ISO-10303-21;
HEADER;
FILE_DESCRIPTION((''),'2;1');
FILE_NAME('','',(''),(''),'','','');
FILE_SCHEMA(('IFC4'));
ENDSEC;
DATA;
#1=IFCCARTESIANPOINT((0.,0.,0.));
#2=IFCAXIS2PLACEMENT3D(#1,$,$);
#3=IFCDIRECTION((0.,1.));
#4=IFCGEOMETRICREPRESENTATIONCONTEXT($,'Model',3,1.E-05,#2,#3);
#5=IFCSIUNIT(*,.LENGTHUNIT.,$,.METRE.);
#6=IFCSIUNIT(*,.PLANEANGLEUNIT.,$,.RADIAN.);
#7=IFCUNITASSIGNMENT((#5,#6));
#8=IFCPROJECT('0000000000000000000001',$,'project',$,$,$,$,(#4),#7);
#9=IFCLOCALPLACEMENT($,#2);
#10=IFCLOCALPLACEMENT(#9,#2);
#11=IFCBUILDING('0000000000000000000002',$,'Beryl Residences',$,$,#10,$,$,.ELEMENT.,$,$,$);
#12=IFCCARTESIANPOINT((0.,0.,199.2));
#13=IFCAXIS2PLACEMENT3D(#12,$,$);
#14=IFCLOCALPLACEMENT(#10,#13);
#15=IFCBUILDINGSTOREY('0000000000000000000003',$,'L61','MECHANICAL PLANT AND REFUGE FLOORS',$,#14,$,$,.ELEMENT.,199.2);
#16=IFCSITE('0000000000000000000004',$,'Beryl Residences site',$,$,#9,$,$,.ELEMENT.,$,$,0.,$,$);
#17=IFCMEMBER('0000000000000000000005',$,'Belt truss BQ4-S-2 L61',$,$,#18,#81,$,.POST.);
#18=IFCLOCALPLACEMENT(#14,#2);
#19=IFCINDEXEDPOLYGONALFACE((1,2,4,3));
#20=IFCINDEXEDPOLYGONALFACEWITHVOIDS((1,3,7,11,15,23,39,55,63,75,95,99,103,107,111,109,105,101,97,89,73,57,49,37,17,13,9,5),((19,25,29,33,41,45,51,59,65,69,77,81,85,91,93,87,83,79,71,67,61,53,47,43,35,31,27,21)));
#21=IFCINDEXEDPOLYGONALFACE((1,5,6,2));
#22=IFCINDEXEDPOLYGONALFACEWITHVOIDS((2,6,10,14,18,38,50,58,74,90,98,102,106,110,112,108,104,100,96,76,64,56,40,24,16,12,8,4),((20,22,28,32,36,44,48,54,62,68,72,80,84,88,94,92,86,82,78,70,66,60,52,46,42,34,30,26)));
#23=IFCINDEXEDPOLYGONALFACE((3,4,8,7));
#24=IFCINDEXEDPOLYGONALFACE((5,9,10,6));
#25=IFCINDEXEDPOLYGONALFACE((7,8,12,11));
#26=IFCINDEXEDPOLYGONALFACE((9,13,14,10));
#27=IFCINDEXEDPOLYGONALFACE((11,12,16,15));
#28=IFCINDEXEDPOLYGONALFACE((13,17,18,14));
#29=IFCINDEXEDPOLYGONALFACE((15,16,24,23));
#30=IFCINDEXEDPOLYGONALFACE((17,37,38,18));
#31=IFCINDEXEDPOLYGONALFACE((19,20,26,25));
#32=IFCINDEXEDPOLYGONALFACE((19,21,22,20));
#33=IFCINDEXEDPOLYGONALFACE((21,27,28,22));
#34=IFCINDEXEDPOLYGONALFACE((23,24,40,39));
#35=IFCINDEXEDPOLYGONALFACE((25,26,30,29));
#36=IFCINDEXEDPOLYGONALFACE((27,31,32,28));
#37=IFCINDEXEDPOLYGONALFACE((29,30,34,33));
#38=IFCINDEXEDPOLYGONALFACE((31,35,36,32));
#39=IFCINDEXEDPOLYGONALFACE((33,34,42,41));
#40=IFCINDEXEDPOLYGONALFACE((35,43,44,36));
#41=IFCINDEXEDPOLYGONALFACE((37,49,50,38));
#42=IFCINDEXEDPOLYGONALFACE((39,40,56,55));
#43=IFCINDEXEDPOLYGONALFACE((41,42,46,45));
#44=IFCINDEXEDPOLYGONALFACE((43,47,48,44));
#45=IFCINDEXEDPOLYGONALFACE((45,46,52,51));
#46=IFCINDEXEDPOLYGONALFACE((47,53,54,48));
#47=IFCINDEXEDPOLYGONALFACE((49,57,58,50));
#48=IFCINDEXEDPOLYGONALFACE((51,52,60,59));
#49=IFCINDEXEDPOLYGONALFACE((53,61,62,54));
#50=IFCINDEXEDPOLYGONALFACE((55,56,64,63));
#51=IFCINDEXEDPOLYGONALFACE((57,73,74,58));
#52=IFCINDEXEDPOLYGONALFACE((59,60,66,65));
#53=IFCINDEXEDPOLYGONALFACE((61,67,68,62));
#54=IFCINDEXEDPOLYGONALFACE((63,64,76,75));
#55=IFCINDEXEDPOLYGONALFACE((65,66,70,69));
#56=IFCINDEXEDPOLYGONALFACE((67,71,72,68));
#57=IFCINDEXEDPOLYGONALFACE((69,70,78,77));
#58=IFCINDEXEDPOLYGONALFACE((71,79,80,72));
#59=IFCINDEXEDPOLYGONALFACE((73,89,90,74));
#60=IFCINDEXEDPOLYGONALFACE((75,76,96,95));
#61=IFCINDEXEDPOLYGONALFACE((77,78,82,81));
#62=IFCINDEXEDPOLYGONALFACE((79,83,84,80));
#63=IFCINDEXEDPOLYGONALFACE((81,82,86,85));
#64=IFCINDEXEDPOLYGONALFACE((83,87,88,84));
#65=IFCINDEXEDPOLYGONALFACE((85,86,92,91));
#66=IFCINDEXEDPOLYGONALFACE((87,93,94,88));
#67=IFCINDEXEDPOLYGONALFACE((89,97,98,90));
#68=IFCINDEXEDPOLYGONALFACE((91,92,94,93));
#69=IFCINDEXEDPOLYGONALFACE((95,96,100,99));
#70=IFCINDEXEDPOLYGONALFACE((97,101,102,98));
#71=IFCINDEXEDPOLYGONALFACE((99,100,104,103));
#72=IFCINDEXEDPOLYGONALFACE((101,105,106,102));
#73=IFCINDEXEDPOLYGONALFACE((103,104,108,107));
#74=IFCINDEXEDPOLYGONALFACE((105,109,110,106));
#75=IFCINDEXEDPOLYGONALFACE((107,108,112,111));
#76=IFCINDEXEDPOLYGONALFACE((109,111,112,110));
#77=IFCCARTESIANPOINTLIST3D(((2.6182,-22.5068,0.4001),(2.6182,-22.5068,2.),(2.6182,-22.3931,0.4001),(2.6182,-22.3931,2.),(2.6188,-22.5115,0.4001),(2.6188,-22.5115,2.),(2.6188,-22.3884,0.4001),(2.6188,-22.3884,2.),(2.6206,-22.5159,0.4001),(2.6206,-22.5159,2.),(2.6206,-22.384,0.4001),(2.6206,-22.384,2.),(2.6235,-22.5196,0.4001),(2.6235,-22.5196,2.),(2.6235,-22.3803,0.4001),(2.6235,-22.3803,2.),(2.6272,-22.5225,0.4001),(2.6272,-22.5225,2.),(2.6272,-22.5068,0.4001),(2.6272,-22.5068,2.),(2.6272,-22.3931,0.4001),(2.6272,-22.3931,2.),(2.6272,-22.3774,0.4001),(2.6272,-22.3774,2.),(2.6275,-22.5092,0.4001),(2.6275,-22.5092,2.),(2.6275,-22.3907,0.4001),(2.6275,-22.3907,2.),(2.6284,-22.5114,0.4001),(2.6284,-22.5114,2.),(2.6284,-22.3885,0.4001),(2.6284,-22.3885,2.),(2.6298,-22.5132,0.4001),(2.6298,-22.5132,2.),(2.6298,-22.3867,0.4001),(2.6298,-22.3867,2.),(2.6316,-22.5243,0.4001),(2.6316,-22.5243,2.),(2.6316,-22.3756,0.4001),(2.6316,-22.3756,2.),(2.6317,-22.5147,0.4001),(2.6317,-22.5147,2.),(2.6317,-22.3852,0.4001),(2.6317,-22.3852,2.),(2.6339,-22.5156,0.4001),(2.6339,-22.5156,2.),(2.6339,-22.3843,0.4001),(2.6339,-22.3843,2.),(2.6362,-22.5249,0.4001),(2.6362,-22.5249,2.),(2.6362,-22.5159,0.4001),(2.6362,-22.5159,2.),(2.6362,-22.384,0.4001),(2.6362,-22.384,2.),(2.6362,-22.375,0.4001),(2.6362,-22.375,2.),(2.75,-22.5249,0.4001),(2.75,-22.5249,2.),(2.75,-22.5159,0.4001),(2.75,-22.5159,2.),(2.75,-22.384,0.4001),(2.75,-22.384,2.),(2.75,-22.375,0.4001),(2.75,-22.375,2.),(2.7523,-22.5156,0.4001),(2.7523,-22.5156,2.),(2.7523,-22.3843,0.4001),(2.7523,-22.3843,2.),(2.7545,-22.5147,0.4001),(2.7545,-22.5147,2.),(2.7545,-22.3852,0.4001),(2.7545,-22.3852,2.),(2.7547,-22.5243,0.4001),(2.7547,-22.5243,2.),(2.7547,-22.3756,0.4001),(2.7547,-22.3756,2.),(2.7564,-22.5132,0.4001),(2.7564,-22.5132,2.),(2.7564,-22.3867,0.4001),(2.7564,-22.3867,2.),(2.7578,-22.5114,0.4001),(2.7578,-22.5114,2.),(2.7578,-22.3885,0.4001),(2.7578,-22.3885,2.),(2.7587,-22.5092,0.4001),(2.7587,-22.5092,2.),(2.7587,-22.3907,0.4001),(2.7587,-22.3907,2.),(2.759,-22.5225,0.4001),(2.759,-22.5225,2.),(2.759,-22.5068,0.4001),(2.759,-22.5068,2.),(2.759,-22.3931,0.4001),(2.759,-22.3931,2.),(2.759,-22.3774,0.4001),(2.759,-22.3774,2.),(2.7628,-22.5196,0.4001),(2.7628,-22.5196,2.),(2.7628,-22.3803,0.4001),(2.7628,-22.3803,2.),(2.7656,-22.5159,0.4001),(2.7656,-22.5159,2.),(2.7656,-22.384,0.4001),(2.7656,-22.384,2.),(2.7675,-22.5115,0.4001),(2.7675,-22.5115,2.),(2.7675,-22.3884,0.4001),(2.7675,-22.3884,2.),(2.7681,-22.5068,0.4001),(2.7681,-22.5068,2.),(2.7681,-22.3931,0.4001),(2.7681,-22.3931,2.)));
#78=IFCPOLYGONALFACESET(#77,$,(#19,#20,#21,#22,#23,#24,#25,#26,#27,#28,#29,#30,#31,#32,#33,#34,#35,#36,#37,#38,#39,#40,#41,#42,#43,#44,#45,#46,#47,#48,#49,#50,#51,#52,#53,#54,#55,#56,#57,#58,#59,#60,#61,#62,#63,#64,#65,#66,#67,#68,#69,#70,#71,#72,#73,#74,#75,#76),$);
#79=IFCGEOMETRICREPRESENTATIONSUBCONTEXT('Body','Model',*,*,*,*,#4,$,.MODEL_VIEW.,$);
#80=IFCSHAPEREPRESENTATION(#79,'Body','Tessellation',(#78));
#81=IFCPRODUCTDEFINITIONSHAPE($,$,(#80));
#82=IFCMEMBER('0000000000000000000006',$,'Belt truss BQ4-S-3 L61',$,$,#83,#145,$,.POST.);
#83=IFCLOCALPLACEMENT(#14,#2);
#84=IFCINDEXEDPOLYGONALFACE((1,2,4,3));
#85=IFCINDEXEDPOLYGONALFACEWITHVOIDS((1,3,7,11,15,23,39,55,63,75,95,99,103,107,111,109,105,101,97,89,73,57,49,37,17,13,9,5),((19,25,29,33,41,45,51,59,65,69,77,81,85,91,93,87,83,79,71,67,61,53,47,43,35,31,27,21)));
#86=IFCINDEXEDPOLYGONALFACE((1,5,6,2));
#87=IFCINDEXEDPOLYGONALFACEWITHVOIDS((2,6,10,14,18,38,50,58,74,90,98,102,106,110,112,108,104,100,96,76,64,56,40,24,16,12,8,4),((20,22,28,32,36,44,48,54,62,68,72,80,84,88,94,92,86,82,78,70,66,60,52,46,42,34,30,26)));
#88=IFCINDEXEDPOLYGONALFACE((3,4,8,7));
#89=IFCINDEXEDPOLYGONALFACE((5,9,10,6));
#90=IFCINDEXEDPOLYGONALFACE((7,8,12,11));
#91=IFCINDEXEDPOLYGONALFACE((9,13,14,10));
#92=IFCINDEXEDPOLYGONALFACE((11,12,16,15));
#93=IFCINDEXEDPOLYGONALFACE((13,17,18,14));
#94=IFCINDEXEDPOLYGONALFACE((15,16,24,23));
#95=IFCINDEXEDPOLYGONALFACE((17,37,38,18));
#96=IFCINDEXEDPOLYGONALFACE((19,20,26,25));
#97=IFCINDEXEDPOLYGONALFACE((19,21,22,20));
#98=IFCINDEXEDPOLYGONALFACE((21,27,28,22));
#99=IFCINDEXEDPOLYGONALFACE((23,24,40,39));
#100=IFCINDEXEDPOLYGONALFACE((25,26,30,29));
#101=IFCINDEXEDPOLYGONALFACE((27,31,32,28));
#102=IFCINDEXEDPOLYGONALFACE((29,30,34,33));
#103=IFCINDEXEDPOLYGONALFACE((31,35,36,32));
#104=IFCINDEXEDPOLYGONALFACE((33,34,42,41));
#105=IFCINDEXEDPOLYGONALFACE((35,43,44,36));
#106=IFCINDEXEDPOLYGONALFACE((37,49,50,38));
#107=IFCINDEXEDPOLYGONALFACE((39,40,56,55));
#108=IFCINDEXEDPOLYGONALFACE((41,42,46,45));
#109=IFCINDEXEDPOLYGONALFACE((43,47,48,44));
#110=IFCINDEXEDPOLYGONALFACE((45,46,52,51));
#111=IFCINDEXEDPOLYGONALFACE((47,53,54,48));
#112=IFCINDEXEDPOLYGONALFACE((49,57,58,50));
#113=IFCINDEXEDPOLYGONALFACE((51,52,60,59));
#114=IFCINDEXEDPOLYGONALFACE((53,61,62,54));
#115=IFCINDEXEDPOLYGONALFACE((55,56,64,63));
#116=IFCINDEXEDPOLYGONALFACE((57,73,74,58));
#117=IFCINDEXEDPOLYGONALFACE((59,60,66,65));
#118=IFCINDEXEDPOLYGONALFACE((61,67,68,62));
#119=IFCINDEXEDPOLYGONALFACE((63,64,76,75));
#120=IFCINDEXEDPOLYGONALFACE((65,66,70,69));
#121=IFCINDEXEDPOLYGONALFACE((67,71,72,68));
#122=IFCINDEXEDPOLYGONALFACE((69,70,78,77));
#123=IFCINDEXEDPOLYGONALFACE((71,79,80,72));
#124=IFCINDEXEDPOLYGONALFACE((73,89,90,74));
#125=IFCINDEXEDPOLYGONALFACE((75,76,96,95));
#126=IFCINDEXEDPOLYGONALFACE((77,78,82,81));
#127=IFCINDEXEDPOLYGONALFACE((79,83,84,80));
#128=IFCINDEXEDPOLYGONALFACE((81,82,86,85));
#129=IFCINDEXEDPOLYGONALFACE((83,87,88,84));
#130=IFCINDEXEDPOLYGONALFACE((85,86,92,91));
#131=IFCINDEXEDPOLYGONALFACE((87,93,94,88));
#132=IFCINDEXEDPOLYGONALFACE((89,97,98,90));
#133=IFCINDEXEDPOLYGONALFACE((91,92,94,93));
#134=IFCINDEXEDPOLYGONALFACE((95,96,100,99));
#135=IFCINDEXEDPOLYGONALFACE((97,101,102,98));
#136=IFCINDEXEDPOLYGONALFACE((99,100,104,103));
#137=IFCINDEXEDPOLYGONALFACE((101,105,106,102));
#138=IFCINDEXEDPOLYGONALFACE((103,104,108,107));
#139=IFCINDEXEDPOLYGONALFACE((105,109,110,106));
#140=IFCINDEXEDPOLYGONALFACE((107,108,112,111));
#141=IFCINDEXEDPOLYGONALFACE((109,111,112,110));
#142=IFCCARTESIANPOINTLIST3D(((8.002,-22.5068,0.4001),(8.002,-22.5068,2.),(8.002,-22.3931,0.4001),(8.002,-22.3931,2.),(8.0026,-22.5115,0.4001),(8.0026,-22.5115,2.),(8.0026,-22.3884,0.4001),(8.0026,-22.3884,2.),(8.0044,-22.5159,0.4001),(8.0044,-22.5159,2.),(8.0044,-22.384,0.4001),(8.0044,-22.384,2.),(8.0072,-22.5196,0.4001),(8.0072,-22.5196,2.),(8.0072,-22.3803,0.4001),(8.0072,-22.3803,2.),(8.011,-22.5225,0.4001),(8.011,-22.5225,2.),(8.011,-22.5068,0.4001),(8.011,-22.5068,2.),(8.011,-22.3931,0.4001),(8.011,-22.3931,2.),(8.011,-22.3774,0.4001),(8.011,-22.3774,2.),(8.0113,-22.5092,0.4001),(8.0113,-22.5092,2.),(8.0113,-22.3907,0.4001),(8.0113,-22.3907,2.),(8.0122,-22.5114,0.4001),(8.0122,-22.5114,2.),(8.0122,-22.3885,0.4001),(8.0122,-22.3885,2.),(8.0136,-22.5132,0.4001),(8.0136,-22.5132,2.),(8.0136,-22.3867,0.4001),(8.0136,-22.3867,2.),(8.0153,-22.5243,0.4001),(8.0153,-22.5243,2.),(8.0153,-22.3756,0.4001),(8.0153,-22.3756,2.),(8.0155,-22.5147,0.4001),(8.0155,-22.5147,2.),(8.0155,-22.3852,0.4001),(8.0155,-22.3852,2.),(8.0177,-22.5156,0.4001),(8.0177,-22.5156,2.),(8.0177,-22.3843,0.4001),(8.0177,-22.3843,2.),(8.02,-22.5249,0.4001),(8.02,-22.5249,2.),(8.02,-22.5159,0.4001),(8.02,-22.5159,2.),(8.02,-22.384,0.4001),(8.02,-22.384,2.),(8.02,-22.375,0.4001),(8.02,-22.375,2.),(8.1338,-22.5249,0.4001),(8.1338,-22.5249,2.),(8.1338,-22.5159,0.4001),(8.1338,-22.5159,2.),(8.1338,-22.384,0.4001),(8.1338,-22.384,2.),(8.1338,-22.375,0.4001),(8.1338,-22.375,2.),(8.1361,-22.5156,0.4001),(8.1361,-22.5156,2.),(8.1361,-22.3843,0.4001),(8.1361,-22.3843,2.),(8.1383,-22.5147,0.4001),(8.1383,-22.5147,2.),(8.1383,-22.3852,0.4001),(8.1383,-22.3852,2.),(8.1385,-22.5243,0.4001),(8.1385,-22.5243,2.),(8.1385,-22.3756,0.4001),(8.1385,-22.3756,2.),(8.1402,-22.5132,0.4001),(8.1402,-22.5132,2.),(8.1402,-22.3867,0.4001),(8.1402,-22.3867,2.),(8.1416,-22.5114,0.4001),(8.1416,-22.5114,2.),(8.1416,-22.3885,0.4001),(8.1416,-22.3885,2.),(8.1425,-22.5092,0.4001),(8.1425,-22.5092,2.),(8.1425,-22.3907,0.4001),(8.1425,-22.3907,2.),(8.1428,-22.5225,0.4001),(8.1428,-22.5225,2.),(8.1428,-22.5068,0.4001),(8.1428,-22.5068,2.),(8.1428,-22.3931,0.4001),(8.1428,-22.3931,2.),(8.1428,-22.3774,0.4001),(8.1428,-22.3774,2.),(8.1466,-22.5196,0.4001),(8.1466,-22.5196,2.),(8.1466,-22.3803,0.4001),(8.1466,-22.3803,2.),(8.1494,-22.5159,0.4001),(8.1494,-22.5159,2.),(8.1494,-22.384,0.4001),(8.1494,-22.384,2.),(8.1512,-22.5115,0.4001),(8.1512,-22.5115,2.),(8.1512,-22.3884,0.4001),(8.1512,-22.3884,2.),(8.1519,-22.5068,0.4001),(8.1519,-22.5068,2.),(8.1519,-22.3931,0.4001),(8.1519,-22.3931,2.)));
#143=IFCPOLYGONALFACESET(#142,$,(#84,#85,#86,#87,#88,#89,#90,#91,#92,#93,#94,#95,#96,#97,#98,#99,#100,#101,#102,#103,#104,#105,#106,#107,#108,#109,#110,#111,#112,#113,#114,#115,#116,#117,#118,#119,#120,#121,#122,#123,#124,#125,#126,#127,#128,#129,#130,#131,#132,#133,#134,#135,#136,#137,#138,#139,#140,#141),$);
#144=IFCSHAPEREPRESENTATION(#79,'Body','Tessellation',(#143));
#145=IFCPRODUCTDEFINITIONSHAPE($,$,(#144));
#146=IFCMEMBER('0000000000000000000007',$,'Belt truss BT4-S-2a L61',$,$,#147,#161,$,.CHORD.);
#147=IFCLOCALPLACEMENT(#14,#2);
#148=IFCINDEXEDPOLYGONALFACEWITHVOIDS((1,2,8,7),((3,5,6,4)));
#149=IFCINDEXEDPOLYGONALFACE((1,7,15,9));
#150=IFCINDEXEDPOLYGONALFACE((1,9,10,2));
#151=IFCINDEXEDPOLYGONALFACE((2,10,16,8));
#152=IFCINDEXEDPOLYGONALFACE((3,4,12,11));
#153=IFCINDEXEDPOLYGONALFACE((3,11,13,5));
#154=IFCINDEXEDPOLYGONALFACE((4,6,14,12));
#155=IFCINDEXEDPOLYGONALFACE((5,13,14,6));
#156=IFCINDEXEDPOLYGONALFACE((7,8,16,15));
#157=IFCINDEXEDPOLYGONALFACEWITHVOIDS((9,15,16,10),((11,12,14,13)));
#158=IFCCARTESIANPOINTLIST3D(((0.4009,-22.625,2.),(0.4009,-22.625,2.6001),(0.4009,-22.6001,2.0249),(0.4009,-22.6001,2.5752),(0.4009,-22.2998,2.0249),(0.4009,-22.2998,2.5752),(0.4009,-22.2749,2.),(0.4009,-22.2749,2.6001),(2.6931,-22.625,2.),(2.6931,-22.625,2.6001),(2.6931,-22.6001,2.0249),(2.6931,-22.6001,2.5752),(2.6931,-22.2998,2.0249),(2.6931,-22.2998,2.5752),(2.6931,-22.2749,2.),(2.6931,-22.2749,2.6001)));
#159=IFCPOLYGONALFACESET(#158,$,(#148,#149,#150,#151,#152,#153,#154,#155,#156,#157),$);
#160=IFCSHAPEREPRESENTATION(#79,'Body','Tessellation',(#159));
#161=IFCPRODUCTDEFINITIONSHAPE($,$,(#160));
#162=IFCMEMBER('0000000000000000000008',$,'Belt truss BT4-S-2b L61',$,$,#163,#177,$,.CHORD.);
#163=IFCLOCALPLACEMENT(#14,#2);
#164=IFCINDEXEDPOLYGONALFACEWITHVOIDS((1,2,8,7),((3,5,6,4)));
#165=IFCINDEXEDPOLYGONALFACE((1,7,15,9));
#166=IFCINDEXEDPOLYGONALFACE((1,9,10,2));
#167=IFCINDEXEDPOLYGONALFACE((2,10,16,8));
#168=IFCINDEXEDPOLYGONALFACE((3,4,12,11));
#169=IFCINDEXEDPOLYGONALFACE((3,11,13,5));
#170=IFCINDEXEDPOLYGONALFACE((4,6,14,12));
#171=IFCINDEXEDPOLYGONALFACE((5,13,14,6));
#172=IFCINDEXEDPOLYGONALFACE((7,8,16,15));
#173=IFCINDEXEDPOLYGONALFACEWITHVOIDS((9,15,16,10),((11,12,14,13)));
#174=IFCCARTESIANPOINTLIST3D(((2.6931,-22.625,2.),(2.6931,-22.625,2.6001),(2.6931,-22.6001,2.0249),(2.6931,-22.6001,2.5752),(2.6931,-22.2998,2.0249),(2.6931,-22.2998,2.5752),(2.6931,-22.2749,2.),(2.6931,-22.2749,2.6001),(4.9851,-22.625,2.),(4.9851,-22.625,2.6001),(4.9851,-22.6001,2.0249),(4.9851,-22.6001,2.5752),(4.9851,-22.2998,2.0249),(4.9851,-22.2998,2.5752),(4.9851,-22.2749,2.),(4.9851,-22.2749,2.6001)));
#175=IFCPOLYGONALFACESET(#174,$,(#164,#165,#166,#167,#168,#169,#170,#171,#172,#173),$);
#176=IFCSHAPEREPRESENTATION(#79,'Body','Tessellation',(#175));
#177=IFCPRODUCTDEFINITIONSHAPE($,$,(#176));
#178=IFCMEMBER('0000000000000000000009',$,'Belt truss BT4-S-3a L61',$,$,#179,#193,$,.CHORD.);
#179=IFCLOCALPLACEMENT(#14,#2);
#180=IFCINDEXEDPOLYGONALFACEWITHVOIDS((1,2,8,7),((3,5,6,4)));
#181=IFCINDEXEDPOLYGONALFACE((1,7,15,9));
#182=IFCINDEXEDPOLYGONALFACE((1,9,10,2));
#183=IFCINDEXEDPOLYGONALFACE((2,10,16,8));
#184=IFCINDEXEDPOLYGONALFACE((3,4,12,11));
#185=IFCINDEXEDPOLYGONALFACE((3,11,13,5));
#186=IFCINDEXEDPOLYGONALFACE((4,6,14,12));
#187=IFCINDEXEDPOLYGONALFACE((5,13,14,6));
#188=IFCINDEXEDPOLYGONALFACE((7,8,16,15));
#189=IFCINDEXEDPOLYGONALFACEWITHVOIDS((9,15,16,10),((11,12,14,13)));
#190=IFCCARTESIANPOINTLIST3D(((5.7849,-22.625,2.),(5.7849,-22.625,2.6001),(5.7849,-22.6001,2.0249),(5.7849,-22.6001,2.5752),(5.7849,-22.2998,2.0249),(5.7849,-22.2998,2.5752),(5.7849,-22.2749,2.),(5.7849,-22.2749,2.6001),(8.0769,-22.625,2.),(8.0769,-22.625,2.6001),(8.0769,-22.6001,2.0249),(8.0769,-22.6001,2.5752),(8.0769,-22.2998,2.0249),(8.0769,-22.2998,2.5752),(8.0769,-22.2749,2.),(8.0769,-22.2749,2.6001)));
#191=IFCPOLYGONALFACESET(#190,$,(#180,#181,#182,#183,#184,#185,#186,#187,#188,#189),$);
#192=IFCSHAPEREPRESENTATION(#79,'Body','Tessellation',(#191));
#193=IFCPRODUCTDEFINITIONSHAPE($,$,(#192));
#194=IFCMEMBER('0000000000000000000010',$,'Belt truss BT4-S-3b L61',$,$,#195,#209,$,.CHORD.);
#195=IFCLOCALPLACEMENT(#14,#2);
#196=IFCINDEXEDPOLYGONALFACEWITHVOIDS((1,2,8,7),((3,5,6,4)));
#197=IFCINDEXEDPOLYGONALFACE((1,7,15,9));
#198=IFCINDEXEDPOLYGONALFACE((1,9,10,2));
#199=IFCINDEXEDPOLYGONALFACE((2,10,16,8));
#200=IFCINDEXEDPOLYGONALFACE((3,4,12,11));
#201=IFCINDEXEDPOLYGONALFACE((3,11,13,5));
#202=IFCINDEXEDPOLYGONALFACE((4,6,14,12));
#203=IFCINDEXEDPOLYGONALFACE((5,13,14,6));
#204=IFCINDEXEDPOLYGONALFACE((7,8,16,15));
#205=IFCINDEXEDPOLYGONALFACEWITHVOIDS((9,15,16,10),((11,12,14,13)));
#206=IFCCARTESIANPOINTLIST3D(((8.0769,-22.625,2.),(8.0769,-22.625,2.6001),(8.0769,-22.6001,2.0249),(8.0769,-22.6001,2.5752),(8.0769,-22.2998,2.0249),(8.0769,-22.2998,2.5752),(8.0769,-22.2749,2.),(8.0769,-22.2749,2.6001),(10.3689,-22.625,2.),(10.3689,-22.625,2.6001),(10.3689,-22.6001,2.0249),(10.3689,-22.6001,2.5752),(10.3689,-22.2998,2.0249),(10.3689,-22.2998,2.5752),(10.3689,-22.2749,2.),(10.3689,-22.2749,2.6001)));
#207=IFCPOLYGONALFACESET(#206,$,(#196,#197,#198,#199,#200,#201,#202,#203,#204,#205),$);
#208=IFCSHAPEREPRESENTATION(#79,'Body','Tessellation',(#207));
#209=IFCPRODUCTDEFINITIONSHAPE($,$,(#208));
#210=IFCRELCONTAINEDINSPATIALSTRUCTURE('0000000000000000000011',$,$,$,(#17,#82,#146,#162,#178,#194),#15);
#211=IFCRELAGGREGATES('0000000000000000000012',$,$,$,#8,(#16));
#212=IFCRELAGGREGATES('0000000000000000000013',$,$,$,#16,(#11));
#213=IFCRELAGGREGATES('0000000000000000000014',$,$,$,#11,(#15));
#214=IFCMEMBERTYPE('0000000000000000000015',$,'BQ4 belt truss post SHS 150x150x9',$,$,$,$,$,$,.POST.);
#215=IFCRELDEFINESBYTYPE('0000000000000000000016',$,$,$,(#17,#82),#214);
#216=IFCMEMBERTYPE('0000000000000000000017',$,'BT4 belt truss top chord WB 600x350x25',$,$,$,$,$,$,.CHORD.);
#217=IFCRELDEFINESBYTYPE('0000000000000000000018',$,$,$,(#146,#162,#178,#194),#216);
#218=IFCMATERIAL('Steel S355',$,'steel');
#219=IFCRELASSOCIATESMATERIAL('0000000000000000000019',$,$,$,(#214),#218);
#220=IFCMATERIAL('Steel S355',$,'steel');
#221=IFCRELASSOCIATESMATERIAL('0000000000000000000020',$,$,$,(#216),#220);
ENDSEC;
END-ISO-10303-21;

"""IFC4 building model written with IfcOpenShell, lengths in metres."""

from ifc_helpers import new_model, si_unit, direction, frame, origin, origin_2d, place, context, subcontext, project, spatial, hollow_rectangle, extrude, material, material_profile, profile_set, type_object, element, save


model = new_model("IFC4")

# Units and contexts
model_context = context("Model", 3, precision=1e-05, world=origin(), true_north=direction((0.0, 1.0)))
body_context = subcontext(model_context, "Body", "Model", "MODEL_VIEW")
ifc_project = project(units=[si_unit("LENGTHUNIT", "METRE"), si_unit("PLANEANGLEUNIT", "RADIAN")], contexts=[model_context])

# Site, building, storey
site_placement = place(None, origin())
site = spatial("IfcSite", under=ifc_project, at=site_placement, Name="Beryl Residences site", CompositionType="ELEMENT", RefElevation=0.0)
building_placement = place(site_placement, origin())
building = spatial("IfcBuilding", under=site, at=building_placement, Name="Beryl Residences", CompositionType="ELEMENT")
storey_placement = place(building_placement, frame((0.0, 0.0, 199.2)))
storey = spatial("IfcBuildingStorey", under=building, at=storey_placement, Name="L61", Description="MECHANICAL PLANT AND REFUGE FLOORS", CompositionType="ELEMENT", Elevation=199.2)

# Members
ifc_material_1 = material(Name="Steel S355", Category="steel")
ifc_material_profile_1 = material_profile(ifc_material_1, hollow_rectangle(XDim=0.1499, YDim=0.1499, WallThickness=0.009, InnerFilletRadius=0.009, OuterFilletRadius=0.0181, at=origin_2d()))
ifc_profile_set_1 = profile_set([ifc_material_profile_1], Name="Steel S355")
member_type_1 = type_object("IfcMemberType", Name="BQ4 belt truss post SHS 150x150x9", PredefinedType="POST", material=ifc_profile_set_1)
for number, where, z_axis, x_axis, name in (
    (1, (2.6931, -22.45, 0.4001), (0.0, 0.0, 1.0), (1.0, 0.0, 0.0), "Belt truss BQ4-S-2 L61"),
    (2, (8.0769, -22.45, 0.4001), (0.0, 0.0, 1.0), (1.0, 0.0, 0.0), "Belt truss BQ4-S-3 L61"),
):
    element("IfcMember", number, at=place(storey_placement, frame(where, z_axis=z_axis, x_axis=x_axis)), inside=storey, type_object=member_type_1, Name=name, PredefinedType="POST", context=body_context, shape_type="SweptSolid", body=[
        extrude(hollow_rectangle(XDim=0.1499, YDim=0.1499, WallThickness=0.009, InnerFilletRadius=0.009, OuterFilletRadius=0.0181, at=origin_2d()), origin(), (0.0, 0.0, 1.0), 1.5999),
    ])
ifc_material_2 = material(Name="Steel S355", Category="steel")
ifc_material_profile_2 = material_profile(ifc_material_2, hollow_rectangle(XDim=0.3501, YDim=0.6001, WallThickness=0.0249, at=origin_2d()))
ifc_profile_set_2 = profile_set([ifc_material_profile_2], Name="Steel S355")
member_type_2 = type_object("IfcMemberType", Name="BT4 belt truss top chord WB 600x350x25", PredefinedType="CHORD", material=ifc_profile_set_2)
member_1_placement = place(storey_placement, frame((0.4009, -22.45, 2.3), z_axis=(1.0, 0.0, 0.0), x_axis=(0.0, 1.0, 0.0)))
element("IfcMember", 3, at=member_1_placement, inside=storey, type_object=member_type_2, Name="Belt truss BT4-S-2a L61", PredefinedType="CHORD", context=body_context, shape_type="SweptSolid", body=[
    extrude(hollow_rectangle(XDim=0.3501, YDim=0.6001, WallThickness=0.0249, at=origin_2d()), origin(), (0.0, 0.0, 1.0), 2.2922),
])
for number, where, z_axis, x_axis, name in (
    (4, (2.6931, -22.45, 2.3), (1.0, 0.0, 0.0), (0.0, 1.0, 0.0), "Belt truss BT4-S-2b L61"),
    (5, (5.7849, -22.45, 2.3), (1.0, 0.0, 0.0), (0.0, 1.0, 0.0), "Belt truss BT4-S-3a L61"),
    (6, (8.0769, -22.45, 2.3), (1.0, 0.0, 0.0), (0.0, 1.0, 0.0), "Belt truss BT4-S-3b L61"),
):
    element("IfcMember", number, at=place(storey_placement, frame(where, z_axis=z_axis, x_axis=x_axis)), inside=storey, type_object=member_type_2, Name=name, PredefinedType="CHORD", context=body_context, shape_type="SweptSolid", body=[
        extrude(hollow_rectangle(XDim=0.3501, YDim=0.6001, WallThickness=0.0249, at=origin_2d()), origin(), (0.0, 0.0, 1.0), 2.292),
    ])

save(model, "model.ifc")
